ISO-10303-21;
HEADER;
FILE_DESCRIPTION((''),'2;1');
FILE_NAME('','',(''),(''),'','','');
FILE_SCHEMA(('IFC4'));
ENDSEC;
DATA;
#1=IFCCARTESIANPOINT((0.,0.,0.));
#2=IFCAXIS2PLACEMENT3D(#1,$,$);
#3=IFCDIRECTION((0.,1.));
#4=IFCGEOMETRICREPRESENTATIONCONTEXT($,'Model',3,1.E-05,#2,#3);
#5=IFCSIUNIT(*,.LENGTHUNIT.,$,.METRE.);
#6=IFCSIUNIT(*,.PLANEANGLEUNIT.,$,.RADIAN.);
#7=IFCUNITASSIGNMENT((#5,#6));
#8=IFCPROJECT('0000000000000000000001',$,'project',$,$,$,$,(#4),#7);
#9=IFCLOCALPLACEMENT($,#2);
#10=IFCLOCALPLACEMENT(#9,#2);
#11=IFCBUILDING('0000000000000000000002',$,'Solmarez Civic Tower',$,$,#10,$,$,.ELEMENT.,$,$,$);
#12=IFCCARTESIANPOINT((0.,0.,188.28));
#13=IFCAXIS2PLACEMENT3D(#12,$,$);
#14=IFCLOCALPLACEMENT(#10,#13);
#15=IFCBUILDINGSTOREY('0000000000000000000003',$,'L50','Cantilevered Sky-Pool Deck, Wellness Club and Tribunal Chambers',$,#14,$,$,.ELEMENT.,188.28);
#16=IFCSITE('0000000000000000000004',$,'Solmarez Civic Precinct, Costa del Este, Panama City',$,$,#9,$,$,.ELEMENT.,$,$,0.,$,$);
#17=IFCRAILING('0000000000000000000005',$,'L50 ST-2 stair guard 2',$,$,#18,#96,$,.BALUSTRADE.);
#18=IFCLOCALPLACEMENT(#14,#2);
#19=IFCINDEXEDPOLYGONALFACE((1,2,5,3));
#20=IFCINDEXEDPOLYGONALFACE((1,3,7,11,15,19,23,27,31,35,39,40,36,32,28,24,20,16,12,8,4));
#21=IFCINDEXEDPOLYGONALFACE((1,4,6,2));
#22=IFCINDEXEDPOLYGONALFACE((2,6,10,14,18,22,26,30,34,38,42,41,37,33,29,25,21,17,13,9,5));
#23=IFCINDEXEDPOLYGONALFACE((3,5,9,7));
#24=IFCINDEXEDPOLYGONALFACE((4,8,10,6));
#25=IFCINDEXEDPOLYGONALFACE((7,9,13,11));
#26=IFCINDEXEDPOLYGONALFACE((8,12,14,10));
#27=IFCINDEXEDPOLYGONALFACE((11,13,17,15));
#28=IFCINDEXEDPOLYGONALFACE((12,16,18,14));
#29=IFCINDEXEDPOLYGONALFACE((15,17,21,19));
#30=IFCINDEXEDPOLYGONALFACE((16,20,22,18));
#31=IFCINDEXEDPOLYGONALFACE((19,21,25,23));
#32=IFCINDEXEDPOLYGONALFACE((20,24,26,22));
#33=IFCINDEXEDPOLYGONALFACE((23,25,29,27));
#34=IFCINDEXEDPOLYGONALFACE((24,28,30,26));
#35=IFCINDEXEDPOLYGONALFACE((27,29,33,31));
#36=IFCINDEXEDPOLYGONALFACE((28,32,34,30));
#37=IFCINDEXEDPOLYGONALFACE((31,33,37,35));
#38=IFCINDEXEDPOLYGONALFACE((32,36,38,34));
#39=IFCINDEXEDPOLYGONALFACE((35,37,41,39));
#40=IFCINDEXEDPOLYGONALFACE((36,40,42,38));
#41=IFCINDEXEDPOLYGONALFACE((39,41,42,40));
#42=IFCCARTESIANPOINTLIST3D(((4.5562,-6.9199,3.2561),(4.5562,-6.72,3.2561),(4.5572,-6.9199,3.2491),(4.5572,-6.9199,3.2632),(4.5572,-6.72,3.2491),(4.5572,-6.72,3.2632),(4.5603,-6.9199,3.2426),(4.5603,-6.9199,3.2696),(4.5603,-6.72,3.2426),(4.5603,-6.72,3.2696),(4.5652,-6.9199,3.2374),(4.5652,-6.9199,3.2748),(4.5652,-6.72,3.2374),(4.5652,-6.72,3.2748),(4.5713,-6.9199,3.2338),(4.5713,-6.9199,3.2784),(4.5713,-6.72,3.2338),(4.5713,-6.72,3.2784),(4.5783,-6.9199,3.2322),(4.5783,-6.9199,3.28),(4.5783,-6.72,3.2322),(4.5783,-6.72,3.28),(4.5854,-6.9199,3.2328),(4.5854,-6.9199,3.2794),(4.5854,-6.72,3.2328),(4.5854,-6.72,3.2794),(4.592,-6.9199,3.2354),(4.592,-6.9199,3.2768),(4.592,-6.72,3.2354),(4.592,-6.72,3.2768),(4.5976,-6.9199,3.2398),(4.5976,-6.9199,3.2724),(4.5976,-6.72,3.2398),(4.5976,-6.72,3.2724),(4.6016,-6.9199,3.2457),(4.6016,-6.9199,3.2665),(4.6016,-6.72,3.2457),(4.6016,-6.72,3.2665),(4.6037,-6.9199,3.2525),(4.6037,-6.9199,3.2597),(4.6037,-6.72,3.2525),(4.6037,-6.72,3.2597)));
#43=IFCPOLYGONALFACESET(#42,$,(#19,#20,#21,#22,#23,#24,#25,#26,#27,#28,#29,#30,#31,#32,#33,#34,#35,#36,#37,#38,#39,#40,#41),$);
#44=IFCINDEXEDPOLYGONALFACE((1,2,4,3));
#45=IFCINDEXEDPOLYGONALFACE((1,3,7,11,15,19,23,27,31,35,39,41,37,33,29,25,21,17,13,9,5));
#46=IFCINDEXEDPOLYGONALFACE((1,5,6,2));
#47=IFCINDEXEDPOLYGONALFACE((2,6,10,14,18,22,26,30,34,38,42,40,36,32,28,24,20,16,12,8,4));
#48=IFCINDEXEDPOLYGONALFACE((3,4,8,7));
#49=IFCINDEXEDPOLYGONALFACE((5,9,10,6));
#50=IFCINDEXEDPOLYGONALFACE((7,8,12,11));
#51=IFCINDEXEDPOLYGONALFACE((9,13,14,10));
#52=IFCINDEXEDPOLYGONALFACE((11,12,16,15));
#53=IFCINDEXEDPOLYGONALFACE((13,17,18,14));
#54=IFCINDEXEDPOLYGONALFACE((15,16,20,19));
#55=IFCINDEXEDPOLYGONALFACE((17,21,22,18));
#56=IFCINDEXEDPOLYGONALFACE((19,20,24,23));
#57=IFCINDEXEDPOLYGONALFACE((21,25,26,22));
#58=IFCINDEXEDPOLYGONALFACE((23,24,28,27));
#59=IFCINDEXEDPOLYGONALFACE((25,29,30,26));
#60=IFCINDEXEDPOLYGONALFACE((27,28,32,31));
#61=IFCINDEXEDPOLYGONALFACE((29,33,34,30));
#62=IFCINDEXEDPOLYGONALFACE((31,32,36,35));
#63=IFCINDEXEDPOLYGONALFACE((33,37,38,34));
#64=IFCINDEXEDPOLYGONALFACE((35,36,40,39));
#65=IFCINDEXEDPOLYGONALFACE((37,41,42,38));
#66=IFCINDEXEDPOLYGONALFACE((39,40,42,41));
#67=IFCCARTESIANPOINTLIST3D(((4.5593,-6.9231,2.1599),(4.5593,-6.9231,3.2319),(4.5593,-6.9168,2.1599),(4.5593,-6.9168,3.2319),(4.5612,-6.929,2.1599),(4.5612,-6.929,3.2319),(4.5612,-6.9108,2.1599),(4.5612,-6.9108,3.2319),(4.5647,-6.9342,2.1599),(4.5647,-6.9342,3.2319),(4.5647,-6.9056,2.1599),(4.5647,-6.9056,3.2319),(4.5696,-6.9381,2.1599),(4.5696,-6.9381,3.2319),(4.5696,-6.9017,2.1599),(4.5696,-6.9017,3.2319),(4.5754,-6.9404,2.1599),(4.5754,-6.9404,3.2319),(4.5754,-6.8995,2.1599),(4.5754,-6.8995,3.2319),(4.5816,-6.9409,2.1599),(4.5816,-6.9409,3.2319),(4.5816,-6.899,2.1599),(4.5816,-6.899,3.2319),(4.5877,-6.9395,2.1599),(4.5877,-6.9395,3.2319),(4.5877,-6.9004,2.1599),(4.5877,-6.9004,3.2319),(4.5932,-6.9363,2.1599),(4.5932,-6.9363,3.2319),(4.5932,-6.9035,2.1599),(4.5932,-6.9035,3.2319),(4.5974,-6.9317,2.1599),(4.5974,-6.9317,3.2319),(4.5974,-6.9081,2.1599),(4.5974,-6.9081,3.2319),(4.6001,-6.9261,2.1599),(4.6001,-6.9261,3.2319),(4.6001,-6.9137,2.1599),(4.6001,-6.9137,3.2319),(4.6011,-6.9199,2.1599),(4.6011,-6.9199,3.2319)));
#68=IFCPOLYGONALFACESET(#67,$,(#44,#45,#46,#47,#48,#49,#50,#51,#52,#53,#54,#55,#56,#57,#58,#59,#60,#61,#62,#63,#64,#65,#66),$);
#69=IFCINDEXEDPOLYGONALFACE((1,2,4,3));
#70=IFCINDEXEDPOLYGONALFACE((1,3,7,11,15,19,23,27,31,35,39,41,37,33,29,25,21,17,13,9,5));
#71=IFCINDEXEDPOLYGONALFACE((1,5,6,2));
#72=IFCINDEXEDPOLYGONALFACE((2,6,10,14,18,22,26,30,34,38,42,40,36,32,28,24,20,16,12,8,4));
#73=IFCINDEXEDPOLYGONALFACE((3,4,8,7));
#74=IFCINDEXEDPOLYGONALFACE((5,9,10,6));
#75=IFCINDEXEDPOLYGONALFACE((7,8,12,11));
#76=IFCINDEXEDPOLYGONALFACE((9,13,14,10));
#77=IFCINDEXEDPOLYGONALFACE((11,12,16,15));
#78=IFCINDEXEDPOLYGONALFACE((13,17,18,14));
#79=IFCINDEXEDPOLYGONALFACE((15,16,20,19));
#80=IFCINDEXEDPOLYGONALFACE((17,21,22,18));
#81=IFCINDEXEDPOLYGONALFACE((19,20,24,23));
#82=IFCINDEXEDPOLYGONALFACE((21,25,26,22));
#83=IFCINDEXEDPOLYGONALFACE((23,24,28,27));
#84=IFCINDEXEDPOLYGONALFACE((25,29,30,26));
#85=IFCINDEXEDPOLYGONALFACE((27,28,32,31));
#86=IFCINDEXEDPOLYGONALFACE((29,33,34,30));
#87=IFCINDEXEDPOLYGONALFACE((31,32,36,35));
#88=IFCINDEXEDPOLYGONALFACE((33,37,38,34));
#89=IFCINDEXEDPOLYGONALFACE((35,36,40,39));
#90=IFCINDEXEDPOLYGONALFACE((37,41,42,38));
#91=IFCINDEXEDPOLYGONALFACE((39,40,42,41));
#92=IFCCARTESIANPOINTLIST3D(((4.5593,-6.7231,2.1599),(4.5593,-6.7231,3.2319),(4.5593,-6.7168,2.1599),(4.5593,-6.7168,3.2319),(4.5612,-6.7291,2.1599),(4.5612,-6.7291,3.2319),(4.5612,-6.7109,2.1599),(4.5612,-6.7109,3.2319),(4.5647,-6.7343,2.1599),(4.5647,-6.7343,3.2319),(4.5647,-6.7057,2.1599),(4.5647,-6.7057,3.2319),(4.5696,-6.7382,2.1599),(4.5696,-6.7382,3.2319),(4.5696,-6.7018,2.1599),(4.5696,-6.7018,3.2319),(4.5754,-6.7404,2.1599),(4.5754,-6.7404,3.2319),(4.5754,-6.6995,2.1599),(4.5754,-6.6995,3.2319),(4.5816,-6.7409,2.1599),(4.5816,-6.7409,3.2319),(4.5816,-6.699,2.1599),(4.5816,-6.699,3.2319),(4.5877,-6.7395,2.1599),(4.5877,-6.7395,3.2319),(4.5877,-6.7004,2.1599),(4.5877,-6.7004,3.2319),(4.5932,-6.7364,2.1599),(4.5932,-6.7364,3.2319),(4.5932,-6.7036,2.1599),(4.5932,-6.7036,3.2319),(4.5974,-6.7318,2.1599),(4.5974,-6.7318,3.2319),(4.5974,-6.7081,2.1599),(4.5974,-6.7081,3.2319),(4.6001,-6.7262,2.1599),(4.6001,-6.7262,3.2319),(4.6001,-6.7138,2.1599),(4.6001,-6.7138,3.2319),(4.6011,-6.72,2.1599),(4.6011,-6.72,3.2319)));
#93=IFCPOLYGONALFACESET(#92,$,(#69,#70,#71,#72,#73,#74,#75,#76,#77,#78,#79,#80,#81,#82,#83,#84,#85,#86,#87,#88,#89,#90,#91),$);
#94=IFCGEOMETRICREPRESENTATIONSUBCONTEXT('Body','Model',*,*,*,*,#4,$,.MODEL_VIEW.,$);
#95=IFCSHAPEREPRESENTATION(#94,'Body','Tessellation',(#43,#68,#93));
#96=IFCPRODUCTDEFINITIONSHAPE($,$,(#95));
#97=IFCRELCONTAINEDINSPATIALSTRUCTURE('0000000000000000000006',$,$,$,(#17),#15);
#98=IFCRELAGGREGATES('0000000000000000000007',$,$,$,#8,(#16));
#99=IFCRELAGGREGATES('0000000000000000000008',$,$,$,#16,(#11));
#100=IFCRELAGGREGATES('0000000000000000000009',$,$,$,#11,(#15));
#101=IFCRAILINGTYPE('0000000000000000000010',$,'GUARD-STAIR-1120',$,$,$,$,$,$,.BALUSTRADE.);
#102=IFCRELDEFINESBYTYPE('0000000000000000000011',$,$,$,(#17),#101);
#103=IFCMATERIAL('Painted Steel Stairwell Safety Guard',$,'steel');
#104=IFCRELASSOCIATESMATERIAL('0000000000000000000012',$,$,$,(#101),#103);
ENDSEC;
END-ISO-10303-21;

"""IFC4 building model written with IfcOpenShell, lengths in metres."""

from ifc_helpers import new_model, si_unit, direction, frame, origin, origin_2d, place, context, subcontext, project, spatial, circle, extrude, material, type_object, element, save


model = new_model("IFC4")

# Units and contexts
model_context = context("Model", 3, precision=1e-05, world=origin(), true_north=direction((0.0, 1.0)))
body_context = subcontext(model_context, "Body", "Model", "MODEL_VIEW")
ifc_project = project(units=[si_unit("LENGTHUNIT", "METRE"), si_unit("PLANEANGLEUNIT", "RADIAN")], contexts=[model_context])

# Site, building, storey
site_placement = place(None, origin())
site = spatial("IfcSite", under=ifc_project, at=site_placement, Name="Solmarez Civic Precinct, Costa del Este, Panama City", CompositionType="ELEMENT", RefElevation=0.0)
building_placement = place(site_placement, origin())
building = spatial("IfcBuilding", under=site, at=building_placement, Name="Solmarez Civic Tower", CompositionType="ELEMENT")
storey_placement = place(building_placement, frame((0.0, 0.0, 188.28)))
storey = spatial("IfcBuildingStorey", under=building, at=storey_placement, Name="L50", Description="Cantilevered Sky-Pool Deck, Wellness Club and Tribunal Chambers", CompositionType="ELEMENT", Elevation=188.28)

# Railing
ifc_material_1 = material(Name="Painted Steel Stairwell Safety Guard", Category="steel")
railing_type_1 = type_object("IfcRailingType", Name="GUARD-STAIR-1120", PredefinedType="BALUSTRADE", material=ifc_material_1)
railing_1_placement = place(storey_placement, frame((4.5801, -6.9199, 2.1599)))
element("IfcRailing", 1, at=railing_1_placement, inside=storey, type_object=railing_type_1, Name="L50 ST-2 stair guard 2", PredefinedType="BALUSTRADE", context=body_context, shape_type="SweptSolid", body=[
    extrude(circle(Radius=0.0239, at=origin_2d()), frame((0.0, 0.0, 1.0962), z_axis=(0.0, 1.0, 0.0), x_axis=(-1.0, 0.0, 0.0)), (0.0, 0.0, 1.0), 0.2),
    extrude(circle(Radius=0.021, at=origin_2d()), origin(), (0.0, 0.0, 1.0), 1.072),
    extrude(circle(Radius=0.021, at=origin_2d()), frame((0.0, 0.2, 0.0)), (0.0, 0.0, 1.0), 1.072),
])

save(model, "model.ifc")
